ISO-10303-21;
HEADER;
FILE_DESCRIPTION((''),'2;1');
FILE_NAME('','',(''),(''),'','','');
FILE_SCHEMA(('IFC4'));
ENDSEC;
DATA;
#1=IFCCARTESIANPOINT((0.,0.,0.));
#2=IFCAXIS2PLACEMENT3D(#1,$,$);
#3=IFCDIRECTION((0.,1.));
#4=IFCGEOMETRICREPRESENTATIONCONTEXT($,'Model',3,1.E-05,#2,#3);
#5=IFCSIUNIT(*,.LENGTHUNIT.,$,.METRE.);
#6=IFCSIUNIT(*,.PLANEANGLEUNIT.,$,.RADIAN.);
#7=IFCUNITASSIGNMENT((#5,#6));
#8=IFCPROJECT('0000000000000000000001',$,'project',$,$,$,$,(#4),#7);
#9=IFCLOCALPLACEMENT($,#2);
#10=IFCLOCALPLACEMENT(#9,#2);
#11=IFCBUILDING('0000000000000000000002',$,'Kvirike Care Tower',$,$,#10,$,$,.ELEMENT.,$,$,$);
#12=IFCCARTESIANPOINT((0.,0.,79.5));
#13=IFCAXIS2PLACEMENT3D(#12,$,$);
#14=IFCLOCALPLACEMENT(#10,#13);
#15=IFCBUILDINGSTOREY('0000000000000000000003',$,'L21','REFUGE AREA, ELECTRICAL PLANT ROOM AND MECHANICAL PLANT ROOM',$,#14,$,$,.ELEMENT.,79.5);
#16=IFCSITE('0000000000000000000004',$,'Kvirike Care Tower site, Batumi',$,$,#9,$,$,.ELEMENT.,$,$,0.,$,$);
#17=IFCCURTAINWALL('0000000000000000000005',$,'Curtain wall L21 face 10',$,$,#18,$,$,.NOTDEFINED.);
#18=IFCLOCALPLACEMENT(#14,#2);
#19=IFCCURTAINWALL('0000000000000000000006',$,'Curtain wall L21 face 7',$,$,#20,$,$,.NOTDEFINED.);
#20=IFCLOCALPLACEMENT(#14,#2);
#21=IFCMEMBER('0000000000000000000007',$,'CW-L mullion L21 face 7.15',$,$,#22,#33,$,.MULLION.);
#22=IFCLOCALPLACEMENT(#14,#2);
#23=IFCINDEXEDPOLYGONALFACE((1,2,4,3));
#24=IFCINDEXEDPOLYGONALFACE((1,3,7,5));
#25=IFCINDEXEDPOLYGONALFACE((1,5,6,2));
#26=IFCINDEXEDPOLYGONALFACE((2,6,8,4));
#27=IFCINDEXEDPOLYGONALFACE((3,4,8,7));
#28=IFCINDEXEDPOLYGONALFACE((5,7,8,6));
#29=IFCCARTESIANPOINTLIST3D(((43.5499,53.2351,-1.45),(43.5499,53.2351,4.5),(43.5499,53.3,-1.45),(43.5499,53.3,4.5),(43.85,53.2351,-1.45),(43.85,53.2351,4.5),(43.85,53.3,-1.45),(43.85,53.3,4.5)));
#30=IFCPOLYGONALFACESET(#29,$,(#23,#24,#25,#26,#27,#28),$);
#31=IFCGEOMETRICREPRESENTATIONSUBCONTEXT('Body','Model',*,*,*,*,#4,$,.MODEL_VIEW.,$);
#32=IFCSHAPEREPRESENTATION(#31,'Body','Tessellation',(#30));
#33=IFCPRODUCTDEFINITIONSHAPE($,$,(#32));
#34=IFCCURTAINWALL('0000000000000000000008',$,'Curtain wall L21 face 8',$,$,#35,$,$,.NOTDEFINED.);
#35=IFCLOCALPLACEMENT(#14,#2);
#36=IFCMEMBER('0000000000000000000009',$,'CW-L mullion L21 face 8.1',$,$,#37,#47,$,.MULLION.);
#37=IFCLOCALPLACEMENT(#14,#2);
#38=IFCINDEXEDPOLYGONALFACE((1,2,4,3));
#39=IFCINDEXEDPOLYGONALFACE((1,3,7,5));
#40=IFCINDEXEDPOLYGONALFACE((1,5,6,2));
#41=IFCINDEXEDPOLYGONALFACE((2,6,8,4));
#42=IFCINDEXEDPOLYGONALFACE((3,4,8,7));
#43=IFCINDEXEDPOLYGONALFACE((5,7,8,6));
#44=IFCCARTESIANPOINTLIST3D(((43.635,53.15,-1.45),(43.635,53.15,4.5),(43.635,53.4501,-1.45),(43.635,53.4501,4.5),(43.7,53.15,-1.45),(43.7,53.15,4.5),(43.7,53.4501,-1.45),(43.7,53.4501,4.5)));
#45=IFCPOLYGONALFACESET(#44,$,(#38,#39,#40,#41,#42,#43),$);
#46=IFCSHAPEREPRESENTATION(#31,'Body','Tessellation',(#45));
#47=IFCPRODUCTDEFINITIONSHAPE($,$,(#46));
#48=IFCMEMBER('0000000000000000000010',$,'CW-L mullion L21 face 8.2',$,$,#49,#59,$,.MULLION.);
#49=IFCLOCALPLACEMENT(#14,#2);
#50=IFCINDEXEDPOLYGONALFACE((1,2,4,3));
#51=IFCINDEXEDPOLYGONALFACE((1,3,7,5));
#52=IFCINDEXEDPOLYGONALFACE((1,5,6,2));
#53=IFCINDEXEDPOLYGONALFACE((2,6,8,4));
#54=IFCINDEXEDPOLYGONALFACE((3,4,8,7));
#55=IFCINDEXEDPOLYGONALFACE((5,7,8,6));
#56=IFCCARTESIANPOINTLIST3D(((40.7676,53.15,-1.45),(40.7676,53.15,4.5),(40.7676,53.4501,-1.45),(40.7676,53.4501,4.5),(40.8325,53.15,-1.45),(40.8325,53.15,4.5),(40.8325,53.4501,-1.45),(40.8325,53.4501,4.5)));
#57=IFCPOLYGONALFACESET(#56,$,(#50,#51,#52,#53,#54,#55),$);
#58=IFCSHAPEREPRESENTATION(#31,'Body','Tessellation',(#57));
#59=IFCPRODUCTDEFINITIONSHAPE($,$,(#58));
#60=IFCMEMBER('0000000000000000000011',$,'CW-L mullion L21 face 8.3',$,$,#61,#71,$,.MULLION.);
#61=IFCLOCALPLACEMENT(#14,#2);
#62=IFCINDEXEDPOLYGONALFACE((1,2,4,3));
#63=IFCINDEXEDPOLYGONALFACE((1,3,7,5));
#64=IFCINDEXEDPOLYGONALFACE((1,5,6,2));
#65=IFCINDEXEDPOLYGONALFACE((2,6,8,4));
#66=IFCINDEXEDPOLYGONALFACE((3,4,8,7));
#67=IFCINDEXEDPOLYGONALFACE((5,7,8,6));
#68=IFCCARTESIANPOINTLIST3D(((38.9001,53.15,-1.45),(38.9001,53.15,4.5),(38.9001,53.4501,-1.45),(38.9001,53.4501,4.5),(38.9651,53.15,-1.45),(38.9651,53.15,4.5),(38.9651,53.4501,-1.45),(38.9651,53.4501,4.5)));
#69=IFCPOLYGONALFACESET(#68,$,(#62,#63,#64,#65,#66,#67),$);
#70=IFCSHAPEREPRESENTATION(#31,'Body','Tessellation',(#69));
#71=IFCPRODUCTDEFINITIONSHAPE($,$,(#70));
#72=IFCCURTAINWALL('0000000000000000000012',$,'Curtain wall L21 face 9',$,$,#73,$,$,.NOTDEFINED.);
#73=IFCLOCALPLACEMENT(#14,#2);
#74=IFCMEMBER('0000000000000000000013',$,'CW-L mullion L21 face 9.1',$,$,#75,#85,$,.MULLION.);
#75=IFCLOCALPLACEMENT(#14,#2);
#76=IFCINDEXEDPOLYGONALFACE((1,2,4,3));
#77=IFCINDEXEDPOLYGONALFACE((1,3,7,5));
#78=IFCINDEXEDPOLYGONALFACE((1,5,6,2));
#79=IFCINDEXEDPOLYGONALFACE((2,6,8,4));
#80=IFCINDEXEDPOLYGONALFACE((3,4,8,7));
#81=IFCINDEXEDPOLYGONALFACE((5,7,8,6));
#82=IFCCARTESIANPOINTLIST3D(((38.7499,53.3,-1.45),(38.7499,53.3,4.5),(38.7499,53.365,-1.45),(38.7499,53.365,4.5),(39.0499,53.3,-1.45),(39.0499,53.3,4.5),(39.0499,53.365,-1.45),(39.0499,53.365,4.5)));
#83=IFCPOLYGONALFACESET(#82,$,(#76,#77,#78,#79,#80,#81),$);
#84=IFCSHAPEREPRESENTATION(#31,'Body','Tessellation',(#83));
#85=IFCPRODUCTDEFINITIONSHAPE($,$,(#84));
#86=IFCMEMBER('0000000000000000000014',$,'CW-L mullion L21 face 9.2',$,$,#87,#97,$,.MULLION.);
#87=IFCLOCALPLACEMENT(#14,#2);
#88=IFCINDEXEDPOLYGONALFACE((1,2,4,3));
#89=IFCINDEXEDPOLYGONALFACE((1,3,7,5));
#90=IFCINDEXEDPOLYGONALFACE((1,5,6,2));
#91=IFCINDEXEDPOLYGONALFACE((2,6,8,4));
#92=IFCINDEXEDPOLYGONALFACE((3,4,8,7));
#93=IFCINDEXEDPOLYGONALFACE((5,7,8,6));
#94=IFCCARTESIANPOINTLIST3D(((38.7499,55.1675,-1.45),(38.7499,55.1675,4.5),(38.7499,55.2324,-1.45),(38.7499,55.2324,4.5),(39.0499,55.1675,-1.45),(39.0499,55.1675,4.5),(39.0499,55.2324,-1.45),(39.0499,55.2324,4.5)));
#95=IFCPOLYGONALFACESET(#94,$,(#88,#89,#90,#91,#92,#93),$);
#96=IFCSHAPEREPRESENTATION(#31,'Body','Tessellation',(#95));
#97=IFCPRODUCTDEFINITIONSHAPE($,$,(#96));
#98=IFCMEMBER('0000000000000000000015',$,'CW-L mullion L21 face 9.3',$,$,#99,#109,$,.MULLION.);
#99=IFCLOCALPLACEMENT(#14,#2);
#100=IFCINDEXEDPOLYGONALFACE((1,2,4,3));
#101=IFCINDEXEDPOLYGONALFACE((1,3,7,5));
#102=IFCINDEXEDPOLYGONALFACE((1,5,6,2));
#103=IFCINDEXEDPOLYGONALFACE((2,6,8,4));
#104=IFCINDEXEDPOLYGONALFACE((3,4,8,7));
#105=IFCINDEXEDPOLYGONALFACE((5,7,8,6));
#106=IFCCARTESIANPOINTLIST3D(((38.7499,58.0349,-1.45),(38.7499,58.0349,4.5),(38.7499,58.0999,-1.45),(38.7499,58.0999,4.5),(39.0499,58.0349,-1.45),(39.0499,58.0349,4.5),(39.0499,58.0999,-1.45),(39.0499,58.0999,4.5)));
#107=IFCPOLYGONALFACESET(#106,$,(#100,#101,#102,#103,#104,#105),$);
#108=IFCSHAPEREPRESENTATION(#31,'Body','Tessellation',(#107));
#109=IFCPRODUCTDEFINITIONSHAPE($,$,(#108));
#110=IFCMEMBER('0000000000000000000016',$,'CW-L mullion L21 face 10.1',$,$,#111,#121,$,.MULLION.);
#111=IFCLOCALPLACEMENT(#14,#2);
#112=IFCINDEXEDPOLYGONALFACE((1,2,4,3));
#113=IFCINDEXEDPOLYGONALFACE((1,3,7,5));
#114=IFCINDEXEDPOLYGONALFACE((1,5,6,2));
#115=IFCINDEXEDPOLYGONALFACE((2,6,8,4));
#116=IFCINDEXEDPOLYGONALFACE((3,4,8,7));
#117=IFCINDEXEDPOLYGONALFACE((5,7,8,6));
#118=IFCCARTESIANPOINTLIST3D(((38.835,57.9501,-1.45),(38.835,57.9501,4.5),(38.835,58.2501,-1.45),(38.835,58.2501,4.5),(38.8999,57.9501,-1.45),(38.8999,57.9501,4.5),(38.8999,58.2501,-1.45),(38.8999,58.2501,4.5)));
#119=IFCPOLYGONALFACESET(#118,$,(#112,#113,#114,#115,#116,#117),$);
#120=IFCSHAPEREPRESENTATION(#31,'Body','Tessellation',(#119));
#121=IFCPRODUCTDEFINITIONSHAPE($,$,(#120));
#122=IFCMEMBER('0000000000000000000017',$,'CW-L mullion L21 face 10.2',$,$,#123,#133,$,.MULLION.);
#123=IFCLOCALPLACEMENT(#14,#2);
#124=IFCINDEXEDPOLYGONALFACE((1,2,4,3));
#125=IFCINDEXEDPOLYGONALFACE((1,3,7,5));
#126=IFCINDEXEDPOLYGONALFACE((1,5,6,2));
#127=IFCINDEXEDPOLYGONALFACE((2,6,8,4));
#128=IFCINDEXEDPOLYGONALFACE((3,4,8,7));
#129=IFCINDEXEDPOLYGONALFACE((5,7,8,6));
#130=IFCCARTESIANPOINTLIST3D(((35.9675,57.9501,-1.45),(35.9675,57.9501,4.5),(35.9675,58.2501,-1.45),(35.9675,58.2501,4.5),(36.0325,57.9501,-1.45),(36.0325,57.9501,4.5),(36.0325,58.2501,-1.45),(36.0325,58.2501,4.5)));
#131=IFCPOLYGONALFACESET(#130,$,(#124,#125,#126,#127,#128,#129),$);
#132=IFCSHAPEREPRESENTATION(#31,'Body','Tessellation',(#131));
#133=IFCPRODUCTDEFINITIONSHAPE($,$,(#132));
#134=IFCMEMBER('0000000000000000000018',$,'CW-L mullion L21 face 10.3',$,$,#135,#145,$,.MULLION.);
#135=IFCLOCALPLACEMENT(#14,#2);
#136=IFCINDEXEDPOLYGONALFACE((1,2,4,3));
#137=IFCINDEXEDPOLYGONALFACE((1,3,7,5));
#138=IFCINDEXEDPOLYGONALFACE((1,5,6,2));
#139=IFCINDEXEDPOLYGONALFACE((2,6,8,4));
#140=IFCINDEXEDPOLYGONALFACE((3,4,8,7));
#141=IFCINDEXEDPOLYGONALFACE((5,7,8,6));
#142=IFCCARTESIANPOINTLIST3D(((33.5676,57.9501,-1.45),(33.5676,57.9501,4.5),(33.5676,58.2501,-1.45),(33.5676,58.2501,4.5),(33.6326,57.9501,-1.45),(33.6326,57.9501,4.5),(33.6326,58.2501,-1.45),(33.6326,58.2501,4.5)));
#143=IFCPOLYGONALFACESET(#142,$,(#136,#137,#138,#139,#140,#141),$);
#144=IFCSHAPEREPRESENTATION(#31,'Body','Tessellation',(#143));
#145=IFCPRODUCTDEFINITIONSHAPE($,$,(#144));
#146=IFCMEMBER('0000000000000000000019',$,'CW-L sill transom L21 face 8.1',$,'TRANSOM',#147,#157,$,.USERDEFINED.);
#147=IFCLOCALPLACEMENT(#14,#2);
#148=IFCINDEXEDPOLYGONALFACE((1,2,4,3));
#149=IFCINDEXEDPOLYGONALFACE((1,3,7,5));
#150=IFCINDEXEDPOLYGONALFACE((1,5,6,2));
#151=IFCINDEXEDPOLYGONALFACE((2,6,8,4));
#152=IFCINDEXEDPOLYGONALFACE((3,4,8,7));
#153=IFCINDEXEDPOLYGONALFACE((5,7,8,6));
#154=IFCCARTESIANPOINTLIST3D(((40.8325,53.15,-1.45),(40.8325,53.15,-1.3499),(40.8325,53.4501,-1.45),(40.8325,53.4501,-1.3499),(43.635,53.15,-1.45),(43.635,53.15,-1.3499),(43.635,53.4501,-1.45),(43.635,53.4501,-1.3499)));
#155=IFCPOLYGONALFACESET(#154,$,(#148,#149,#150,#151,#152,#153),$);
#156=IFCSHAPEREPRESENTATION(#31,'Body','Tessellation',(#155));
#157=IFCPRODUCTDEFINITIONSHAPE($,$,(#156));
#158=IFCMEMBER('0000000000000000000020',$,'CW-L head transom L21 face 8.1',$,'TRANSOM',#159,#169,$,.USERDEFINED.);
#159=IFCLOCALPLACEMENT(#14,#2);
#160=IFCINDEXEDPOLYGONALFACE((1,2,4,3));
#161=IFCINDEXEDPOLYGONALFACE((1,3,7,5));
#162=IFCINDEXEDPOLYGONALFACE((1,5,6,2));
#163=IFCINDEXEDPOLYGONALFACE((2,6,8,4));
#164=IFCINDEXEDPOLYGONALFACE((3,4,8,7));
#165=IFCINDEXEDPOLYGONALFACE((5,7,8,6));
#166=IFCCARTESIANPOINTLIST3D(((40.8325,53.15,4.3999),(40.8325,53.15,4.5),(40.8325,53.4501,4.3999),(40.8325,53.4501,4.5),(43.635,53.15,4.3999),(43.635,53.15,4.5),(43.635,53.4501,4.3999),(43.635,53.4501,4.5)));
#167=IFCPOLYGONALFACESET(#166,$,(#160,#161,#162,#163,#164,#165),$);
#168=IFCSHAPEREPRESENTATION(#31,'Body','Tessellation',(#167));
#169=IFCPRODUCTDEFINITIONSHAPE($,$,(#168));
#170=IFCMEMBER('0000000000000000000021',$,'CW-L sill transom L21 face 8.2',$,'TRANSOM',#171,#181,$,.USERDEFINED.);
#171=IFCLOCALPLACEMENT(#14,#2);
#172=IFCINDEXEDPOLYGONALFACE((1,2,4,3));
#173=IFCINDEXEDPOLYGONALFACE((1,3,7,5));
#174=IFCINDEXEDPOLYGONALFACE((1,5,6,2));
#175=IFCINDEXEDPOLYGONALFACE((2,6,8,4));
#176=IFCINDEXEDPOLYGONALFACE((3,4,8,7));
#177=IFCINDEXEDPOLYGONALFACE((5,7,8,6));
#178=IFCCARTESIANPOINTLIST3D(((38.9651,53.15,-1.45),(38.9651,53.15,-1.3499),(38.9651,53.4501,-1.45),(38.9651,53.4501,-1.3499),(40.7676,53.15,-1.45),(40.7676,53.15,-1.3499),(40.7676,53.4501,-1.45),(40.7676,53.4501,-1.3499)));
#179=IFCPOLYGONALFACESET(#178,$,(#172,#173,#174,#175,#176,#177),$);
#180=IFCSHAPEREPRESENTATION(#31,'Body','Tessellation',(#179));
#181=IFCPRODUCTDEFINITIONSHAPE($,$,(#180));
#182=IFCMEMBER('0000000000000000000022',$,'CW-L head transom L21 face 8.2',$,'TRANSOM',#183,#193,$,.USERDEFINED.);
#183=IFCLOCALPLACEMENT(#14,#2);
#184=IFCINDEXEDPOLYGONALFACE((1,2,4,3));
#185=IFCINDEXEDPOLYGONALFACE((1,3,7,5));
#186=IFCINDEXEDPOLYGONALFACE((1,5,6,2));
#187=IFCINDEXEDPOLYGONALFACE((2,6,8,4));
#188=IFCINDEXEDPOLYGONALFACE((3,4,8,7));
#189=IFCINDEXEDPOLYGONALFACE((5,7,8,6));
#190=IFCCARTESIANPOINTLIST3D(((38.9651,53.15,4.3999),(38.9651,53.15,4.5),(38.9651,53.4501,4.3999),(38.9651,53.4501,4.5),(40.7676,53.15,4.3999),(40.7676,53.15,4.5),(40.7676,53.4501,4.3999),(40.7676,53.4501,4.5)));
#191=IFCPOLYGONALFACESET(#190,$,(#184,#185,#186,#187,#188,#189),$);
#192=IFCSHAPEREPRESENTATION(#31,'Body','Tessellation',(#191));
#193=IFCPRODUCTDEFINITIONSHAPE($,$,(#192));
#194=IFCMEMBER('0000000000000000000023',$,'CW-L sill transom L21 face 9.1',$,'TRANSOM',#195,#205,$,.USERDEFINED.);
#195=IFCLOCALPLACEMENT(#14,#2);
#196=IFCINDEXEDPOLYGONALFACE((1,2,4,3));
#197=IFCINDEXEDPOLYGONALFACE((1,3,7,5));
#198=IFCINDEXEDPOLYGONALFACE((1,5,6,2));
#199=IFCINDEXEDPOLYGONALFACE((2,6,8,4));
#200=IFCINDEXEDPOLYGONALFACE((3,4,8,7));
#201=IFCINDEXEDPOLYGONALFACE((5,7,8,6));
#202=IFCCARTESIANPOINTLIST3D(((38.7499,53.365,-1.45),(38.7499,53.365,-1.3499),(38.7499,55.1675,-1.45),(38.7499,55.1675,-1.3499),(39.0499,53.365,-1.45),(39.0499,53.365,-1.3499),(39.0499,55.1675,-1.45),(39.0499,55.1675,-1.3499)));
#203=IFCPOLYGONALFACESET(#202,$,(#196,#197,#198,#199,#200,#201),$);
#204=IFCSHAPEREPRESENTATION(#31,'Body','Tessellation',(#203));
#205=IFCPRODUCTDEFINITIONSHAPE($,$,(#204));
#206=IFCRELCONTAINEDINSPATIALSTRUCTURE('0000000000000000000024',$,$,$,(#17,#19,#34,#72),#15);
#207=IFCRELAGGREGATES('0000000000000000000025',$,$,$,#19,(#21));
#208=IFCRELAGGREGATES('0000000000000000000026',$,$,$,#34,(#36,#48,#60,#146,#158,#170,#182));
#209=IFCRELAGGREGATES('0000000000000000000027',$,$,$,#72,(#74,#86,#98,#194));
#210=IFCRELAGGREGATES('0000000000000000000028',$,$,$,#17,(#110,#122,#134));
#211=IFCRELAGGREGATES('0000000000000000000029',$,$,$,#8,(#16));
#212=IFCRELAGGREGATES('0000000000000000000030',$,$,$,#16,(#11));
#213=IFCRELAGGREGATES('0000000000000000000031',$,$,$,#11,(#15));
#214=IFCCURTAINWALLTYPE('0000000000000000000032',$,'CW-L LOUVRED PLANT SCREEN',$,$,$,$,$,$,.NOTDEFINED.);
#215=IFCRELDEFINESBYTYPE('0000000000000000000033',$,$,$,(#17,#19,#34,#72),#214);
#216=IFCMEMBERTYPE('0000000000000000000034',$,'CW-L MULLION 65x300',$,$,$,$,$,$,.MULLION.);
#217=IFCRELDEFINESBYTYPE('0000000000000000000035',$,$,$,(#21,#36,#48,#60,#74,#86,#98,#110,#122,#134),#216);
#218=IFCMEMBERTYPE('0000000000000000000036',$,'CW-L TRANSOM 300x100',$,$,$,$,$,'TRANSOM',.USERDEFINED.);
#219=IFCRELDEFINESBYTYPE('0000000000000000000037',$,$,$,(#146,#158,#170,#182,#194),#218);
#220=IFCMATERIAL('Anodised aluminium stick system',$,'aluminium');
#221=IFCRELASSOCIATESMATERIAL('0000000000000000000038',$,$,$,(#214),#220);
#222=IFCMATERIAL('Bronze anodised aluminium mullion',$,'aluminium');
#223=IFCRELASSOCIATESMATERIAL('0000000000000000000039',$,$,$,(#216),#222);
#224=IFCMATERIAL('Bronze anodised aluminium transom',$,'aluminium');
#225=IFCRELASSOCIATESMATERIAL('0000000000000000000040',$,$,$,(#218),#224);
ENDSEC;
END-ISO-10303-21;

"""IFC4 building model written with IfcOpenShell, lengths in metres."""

from ifc_helpers import new_model, si_unit, direction, frame, origin, origin_2d, place, context, subcontext, project, spatial, rectangle, extrude, material, material_profile, profile_set, type_object, element, aggregate, save


model = new_model("IFC4")

# Units and contexts
model_context = context("Model", 3, precision=1e-05, world=origin(), true_north=direction((0.0, 1.0)))
body_context = subcontext(model_context, "Body", "Model", "MODEL_VIEW")
ifc_project = project(units=[si_unit("LENGTHUNIT", "METRE"), si_unit("PLANEANGLEUNIT", "RADIAN")], contexts=[model_context])

# Site, building, storey
site_placement = place(None, origin())
site = spatial("IfcSite", under=ifc_project, at=site_placement, Name="Kvirike Care Tower site, Batumi", CompositionType="ELEMENT", RefElevation=0.0)
building_placement = place(site_placement, origin())
building = spatial("IfcBuilding", under=site, at=building_placement, Name="Kvirike Care Tower", CompositionType="ELEMENT")
storey_placement = place(building_placement, frame((0.0, 0.0, 79.5)))
storey = spatial("IfcBuildingStorey", under=building, at=storey_placement, Name="L21", Description="REFUGE AREA, ELECTRICAL PLANT ROOM AND MECHANICAL PLANT ROOM", CompositionType="ELEMENT", Elevation=79.5)

# Curtain walls, member
ifc_material_1 = material(Name="Anodised aluminium stick system", Category="aluminium")
curtain_wall_type = type_object("IfcCurtainWallType", Name="CW-L LOUVRED PLANT SCREEN", PredefinedType="NOTDEFINED", material=ifc_material_1)
curtain_wall_1_placement = place(storey_placement, origin())
curtain_wall_1 = element("IfcCurtainWall", 1, at=curtain_wall_1_placement, inside=storey, type_object=curtain_wall_type, Name="Curtain wall L21 face 10", PredefinedType="NOTDEFINED")
curtain_wall_2_placement = place(storey_placement, origin())
curtain_wall_2 = element("IfcCurtainWall", 2, at=curtain_wall_2_placement, inside=storey, type_object=curtain_wall_type, Name="Curtain wall L21 face 7", PredefinedType="NOTDEFINED")
ifc_material_2 = material(Name="Bronze anodised aluminium mullion", Category="aluminium")
ifc_material_profile_1 = material_profile(ifc_material_2, rectangle(XDim=0.0649, YDim=0.3, at=origin_2d()), Name="CW-L MULLION 65x300")
ifc_profile_set_1 = profile_set([ifc_material_profile_1], Name="Bronze anodised aluminium mullion")
member_type_1 = type_object("IfcMemberType", Name="CW-L MULLION 65x300", PredefinedType="MULLION", material=ifc_profile_set_1)
member_1_placement = place(storey_placement, frame((43.7, 53.2676, -1.45), z_axis=(0.0, 0.0, 1.0), x_axis=(0.0, 1.0, 0.0)))
member_1 = element("IfcMember", 3, at=member_1_placement, type_object=member_type_1, Name="CW-L mullion L21 face 7.15", PredefinedType="MULLION", context=body_context, shape_type="SweptSolid", body=[
    extrude(rectangle(XDim=0.0649, YDim=0.3, at=origin_2d()), origin(), (0.0, 0.0, 1.0), 5.95),
])
aggregate(curtain_wall_2, [member_1])

# Curtain walls, members
curtain_wall_3_placement = place(storey_placement, origin())
curtain_wall_3 = element("IfcCurtainWall", 4, at=curtain_wall_3_placement, inside=storey, type_object=curtain_wall_type, Name="Curtain wall L21 face 8", PredefinedType="NOTDEFINED")
member_2_placement = place(storey_placement, frame((43.6675, 53.3, -1.45), z_axis=(0.0, 0.0, 1.0), x_axis=(-1.0, 0.0, 0.0)))
member_2 = element("IfcMember", 5, at=member_2_placement, type_object=member_type_1, Name="CW-L mullion L21 face 8.1", PredefinedType="MULLION", context=body_context, shape_type="SweptSolid", body=[
    extrude(rectangle(XDim=0.0649, YDim=0.3, at=origin_2d()), origin(), (0.0, 0.0, 1.0), 5.95),
])
member_3_placement = place(storey_placement, frame((40.8, 53.3, -1.45), z_axis=(0.0, 0.0, 1.0), x_axis=(-1.0, 0.0, 0.0)))
member_3 = element("IfcMember", 6, at=member_3_placement, type_object=member_type_1, Name="CW-L mullion L21 face 8.2", PredefinedType="MULLION", context=body_context, shape_type="SweptSolid", body=[
    extrude(rectangle(XDim=0.0649, YDim=0.3, at=origin_2d()), origin(), (0.0, 0.0, 1.0), 5.95),
])
member_4_placement = place(storey_placement, frame((38.9326, 53.3, -1.45), z_axis=(0.0, 0.0, 1.0), x_axis=(-1.0, 0.0, 0.0)))
member_4 = element("IfcMember", 7, at=member_4_placement, type_object=member_type_1, Name="CW-L mullion L21 face 8.3", PredefinedType="MULLION", context=body_context, shape_type="SweptSolid", body=[
    extrude(rectangle(XDim=0.0649, YDim=0.3, at=origin_2d()), origin(), (0.0, 0.0, 1.0), 5.95),
])
curtain_wall_4_placement = place(storey_placement, origin())
curtain_wall_4 = element("IfcCurtainWall", 8, at=curtain_wall_4_placement, inside=storey, type_object=curtain_wall_type, Name="Curtain wall L21 face 9", PredefinedType="NOTDEFINED")
member_5_placement = place(storey_placement, frame((38.8999, 53.3325, -1.45), z_axis=(0.0, 0.0, 1.0), x_axis=(0.0, 1.0, 0.0)))
member_5 = element("IfcMember", 9, at=member_5_placement, type_object=member_type_1, Name="CW-L mullion L21 face 9.1", PredefinedType="MULLION", context=body_context, shape_type="SweptSolid", body=[
    extrude(rectangle(XDim=0.0649, YDim=0.3, at=origin_2d()), origin(), (0.0, 0.0, 1.0), 5.95),
])
member_6_placement = place(storey_placement, frame((38.8999, 55.2, -1.45), z_axis=(0.0, 0.0, 1.0), x_axis=(0.0, 1.0, 0.0)))
member_6 = element("IfcMember", 10, at=member_6_placement, type_object=member_type_1, Name="CW-L mullion L21 face 9.2", PredefinedType="MULLION", context=body_context, shape_type="SweptSolid", body=[
    extrude(rectangle(XDim=0.0649, YDim=0.3, at=origin_2d()), origin(), (0.0, 0.0, 1.0), 5.95),
])
member_7_placement = place(storey_placement, frame((38.8999, 58.0674, -1.45), z_axis=(0.0, 0.0, 1.0), x_axis=(0.0, 1.0, 0.0)))
member_7 = element("IfcMember", 11, at=member_7_placement, type_object=member_type_1, Name="CW-L mullion L21 face 9.3", PredefinedType="MULLION", context=body_context, shape_type="SweptSolid", body=[
    extrude(rectangle(XDim=0.0649, YDim=0.3, at=origin_2d()), origin(), (0.0, 0.0, 1.0), 5.95),
])

# Members
member_8_placement = place(storey_placement, frame((38.8674, 58.1001, -1.45), z_axis=(0.0, 0.0, 1.0), x_axis=(-1.0, 0.0, 0.0)))
member_8 = element("IfcMember", 12, at=member_8_placement, type_object=member_type_1, Name="CW-L mullion L21 face 10.1", PredefinedType="MULLION", context=body_context, shape_type="SweptSolid", body=[
    extrude(rectangle(XDim=0.0649, YDim=0.3, at=origin_2d()), origin(), (0.0, 0.0, 1.0), 5.95),
])
member_9_placement = place(storey_placement, frame((36.0, 58.1001, -1.45), z_axis=(0.0, 0.0, 1.0), x_axis=(-1.0, 0.0, 0.0)))
member_9 = element("IfcMember", 13, at=member_9_placement, type_object=member_type_1, Name="CW-L mullion L21 face 10.2", PredefinedType="MULLION", context=body_context, shape_type="SweptSolid", body=[
    extrude(rectangle(XDim=0.0649, YDim=0.3, at=origin_2d()), origin(), (0.0, 0.0, 1.0), 5.95),
])
member_10_placement = place(storey_placement, frame((33.6001, 58.1001, -1.45), z_axis=(0.0, 0.0, 1.0), x_axis=(-1.0, 0.0, 0.0)))
member_10 = element("IfcMember", 14, at=member_10_placement, type_object=member_type_1, Name="CW-L mullion L21 face 10.3", PredefinedType="MULLION", context=body_context, shape_type="SweptSolid", body=[
    extrude(rectangle(XDim=0.0649, YDim=0.3, at=origin_2d()), origin(), (0.0, 0.0, 1.0), 5.95),
])
ifc_material_3 = material(Name="Bronze anodised aluminium transom", Category="aluminium")
ifc_material_profile_2 = material_profile(ifc_material_3, rectangle(XDim=0.3, YDim=0.1001, at=origin_2d()), Name="CW-L TRANSOM 300x100")
ifc_profile_set_2 = profile_set([ifc_material_profile_2], Name="Bronze anodised aluminium transom")
member_type_2 = type_object("IfcMemberType", Name="CW-L TRANSOM 300x100", ElementType="TRANSOM", PredefinedType="USERDEFINED", material=ifc_profile_set_2)
member_11_placement = place(storey_placement, frame((43.635, 53.3, -1.3999), z_axis=(-1.0, 0.0, 0.0), x_axis=(0.0, -1.0, 0.0)))
member_11 = element("IfcMember", 15, at=member_11_placement, type_object=member_type_2, Name="CW-L sill transom L21 face 8.1", ObjectType="TRANSOM", PredefinedType="USERDEFINED", context=body_context, shape_type="SweptSolid", body=[
    extrude(rectangle(XDim=0.3, YDim=0.1001, at=origin_2d()), origin(), (0.0, 0.0, 1.0), 2.8025),
])
member_12_placement = place(storey_placement, frame((43.635, 53.3, 4.45), z_axis=(-1.0, 0.0, 0.0), x_axis=(0.0, -1.0, 0.0)))
member_12 = element("IfcMember", 16, at=member_12_placement, type_object=member_type_2, Name="CW-L head transom L21 face 8.1", ObjectType="TRANSOM", PredefinedType="USERDEFINED", context=body_context, shape_type="SweptSolid", body=[
    extrude(rectangle(XDim=0.3, YDim=0.1001, at=origin_2d()), origin(), (0.0, 0.0, 1.0), 2.8025),
])
member_13_placement = place(storey_placement, frame((40.7676, 53.3, -1.3999), z_axis=(-1.0, 0.0, 0.0), x_axis=(0.0, -1.0, 0.0)))
member_13 = element("IfcMember", 17, at=member_13_placement, type_object=member_type_2, Name="CW-L sill transom L21 face 8.2", ObjectType="TRANSOM", PredefinedType="USERDEFINED", context=body_context, shape_type="SweptSolid", body=[
    extrude(rectangle(XDim=0.3, YDim=0.1001, at=origin_2d()), origin(), (0.0, 0.0, 1.0), 1.8025),
])
member_14_placement = place(storey_placement, frame((40.7676, 53.3, 4.45), z_axis=(-1.0, 0.0, 0.0), x_axis=(0.0, -1.0, 0.0)))
member_14 = element("IfcMember", 18, at=member_14_placement, type_object=member_type_2, Name="CW-L head transom L21 face 8.2", ObjectType="TRANSOM", PredefinedType="USERDEFINED", context=body_context, shape_type="SweptSolid", body=[
    extrude(rectangle(XDim=0.3, YDim=0.1001, at=origin_2d()), origin(), (0.0, 0.0, 1.0), 1.8025),
])
member_15_placement = place(storey_placement, frame((38.8999, 53.365, -1.3999), z_axis=(0.0, 1.0, 0.0), x_axis=(-1.0, 0.0, 0.0)))
member_15 = element("IfcMember", 19, at=member_15_placement, type_object=member_type_2, Name="CW-L sill transom L21 face 9.1", ObjectType="TRANSOM", PredefinedType="USERDEFINED", context=body_context, shape_type="SweptSolid", body=[
    extrude(rectangle(XDim=0.3, YDim=0.1001, at=origin_2d()), origin(), (0.0, 0.0, 1.0), 1.8025),
])

aggregate(curtain_wall_3, [member_2, member_3, member_4, member_11, member_12, member_13, member_14])
aggregate(curtain_wall_4, [member_5, member_6, member_7, member_15])
aggregate(curtain_wall_1, [member_8, member_9, member_10])

save(model, "model.ifc")
